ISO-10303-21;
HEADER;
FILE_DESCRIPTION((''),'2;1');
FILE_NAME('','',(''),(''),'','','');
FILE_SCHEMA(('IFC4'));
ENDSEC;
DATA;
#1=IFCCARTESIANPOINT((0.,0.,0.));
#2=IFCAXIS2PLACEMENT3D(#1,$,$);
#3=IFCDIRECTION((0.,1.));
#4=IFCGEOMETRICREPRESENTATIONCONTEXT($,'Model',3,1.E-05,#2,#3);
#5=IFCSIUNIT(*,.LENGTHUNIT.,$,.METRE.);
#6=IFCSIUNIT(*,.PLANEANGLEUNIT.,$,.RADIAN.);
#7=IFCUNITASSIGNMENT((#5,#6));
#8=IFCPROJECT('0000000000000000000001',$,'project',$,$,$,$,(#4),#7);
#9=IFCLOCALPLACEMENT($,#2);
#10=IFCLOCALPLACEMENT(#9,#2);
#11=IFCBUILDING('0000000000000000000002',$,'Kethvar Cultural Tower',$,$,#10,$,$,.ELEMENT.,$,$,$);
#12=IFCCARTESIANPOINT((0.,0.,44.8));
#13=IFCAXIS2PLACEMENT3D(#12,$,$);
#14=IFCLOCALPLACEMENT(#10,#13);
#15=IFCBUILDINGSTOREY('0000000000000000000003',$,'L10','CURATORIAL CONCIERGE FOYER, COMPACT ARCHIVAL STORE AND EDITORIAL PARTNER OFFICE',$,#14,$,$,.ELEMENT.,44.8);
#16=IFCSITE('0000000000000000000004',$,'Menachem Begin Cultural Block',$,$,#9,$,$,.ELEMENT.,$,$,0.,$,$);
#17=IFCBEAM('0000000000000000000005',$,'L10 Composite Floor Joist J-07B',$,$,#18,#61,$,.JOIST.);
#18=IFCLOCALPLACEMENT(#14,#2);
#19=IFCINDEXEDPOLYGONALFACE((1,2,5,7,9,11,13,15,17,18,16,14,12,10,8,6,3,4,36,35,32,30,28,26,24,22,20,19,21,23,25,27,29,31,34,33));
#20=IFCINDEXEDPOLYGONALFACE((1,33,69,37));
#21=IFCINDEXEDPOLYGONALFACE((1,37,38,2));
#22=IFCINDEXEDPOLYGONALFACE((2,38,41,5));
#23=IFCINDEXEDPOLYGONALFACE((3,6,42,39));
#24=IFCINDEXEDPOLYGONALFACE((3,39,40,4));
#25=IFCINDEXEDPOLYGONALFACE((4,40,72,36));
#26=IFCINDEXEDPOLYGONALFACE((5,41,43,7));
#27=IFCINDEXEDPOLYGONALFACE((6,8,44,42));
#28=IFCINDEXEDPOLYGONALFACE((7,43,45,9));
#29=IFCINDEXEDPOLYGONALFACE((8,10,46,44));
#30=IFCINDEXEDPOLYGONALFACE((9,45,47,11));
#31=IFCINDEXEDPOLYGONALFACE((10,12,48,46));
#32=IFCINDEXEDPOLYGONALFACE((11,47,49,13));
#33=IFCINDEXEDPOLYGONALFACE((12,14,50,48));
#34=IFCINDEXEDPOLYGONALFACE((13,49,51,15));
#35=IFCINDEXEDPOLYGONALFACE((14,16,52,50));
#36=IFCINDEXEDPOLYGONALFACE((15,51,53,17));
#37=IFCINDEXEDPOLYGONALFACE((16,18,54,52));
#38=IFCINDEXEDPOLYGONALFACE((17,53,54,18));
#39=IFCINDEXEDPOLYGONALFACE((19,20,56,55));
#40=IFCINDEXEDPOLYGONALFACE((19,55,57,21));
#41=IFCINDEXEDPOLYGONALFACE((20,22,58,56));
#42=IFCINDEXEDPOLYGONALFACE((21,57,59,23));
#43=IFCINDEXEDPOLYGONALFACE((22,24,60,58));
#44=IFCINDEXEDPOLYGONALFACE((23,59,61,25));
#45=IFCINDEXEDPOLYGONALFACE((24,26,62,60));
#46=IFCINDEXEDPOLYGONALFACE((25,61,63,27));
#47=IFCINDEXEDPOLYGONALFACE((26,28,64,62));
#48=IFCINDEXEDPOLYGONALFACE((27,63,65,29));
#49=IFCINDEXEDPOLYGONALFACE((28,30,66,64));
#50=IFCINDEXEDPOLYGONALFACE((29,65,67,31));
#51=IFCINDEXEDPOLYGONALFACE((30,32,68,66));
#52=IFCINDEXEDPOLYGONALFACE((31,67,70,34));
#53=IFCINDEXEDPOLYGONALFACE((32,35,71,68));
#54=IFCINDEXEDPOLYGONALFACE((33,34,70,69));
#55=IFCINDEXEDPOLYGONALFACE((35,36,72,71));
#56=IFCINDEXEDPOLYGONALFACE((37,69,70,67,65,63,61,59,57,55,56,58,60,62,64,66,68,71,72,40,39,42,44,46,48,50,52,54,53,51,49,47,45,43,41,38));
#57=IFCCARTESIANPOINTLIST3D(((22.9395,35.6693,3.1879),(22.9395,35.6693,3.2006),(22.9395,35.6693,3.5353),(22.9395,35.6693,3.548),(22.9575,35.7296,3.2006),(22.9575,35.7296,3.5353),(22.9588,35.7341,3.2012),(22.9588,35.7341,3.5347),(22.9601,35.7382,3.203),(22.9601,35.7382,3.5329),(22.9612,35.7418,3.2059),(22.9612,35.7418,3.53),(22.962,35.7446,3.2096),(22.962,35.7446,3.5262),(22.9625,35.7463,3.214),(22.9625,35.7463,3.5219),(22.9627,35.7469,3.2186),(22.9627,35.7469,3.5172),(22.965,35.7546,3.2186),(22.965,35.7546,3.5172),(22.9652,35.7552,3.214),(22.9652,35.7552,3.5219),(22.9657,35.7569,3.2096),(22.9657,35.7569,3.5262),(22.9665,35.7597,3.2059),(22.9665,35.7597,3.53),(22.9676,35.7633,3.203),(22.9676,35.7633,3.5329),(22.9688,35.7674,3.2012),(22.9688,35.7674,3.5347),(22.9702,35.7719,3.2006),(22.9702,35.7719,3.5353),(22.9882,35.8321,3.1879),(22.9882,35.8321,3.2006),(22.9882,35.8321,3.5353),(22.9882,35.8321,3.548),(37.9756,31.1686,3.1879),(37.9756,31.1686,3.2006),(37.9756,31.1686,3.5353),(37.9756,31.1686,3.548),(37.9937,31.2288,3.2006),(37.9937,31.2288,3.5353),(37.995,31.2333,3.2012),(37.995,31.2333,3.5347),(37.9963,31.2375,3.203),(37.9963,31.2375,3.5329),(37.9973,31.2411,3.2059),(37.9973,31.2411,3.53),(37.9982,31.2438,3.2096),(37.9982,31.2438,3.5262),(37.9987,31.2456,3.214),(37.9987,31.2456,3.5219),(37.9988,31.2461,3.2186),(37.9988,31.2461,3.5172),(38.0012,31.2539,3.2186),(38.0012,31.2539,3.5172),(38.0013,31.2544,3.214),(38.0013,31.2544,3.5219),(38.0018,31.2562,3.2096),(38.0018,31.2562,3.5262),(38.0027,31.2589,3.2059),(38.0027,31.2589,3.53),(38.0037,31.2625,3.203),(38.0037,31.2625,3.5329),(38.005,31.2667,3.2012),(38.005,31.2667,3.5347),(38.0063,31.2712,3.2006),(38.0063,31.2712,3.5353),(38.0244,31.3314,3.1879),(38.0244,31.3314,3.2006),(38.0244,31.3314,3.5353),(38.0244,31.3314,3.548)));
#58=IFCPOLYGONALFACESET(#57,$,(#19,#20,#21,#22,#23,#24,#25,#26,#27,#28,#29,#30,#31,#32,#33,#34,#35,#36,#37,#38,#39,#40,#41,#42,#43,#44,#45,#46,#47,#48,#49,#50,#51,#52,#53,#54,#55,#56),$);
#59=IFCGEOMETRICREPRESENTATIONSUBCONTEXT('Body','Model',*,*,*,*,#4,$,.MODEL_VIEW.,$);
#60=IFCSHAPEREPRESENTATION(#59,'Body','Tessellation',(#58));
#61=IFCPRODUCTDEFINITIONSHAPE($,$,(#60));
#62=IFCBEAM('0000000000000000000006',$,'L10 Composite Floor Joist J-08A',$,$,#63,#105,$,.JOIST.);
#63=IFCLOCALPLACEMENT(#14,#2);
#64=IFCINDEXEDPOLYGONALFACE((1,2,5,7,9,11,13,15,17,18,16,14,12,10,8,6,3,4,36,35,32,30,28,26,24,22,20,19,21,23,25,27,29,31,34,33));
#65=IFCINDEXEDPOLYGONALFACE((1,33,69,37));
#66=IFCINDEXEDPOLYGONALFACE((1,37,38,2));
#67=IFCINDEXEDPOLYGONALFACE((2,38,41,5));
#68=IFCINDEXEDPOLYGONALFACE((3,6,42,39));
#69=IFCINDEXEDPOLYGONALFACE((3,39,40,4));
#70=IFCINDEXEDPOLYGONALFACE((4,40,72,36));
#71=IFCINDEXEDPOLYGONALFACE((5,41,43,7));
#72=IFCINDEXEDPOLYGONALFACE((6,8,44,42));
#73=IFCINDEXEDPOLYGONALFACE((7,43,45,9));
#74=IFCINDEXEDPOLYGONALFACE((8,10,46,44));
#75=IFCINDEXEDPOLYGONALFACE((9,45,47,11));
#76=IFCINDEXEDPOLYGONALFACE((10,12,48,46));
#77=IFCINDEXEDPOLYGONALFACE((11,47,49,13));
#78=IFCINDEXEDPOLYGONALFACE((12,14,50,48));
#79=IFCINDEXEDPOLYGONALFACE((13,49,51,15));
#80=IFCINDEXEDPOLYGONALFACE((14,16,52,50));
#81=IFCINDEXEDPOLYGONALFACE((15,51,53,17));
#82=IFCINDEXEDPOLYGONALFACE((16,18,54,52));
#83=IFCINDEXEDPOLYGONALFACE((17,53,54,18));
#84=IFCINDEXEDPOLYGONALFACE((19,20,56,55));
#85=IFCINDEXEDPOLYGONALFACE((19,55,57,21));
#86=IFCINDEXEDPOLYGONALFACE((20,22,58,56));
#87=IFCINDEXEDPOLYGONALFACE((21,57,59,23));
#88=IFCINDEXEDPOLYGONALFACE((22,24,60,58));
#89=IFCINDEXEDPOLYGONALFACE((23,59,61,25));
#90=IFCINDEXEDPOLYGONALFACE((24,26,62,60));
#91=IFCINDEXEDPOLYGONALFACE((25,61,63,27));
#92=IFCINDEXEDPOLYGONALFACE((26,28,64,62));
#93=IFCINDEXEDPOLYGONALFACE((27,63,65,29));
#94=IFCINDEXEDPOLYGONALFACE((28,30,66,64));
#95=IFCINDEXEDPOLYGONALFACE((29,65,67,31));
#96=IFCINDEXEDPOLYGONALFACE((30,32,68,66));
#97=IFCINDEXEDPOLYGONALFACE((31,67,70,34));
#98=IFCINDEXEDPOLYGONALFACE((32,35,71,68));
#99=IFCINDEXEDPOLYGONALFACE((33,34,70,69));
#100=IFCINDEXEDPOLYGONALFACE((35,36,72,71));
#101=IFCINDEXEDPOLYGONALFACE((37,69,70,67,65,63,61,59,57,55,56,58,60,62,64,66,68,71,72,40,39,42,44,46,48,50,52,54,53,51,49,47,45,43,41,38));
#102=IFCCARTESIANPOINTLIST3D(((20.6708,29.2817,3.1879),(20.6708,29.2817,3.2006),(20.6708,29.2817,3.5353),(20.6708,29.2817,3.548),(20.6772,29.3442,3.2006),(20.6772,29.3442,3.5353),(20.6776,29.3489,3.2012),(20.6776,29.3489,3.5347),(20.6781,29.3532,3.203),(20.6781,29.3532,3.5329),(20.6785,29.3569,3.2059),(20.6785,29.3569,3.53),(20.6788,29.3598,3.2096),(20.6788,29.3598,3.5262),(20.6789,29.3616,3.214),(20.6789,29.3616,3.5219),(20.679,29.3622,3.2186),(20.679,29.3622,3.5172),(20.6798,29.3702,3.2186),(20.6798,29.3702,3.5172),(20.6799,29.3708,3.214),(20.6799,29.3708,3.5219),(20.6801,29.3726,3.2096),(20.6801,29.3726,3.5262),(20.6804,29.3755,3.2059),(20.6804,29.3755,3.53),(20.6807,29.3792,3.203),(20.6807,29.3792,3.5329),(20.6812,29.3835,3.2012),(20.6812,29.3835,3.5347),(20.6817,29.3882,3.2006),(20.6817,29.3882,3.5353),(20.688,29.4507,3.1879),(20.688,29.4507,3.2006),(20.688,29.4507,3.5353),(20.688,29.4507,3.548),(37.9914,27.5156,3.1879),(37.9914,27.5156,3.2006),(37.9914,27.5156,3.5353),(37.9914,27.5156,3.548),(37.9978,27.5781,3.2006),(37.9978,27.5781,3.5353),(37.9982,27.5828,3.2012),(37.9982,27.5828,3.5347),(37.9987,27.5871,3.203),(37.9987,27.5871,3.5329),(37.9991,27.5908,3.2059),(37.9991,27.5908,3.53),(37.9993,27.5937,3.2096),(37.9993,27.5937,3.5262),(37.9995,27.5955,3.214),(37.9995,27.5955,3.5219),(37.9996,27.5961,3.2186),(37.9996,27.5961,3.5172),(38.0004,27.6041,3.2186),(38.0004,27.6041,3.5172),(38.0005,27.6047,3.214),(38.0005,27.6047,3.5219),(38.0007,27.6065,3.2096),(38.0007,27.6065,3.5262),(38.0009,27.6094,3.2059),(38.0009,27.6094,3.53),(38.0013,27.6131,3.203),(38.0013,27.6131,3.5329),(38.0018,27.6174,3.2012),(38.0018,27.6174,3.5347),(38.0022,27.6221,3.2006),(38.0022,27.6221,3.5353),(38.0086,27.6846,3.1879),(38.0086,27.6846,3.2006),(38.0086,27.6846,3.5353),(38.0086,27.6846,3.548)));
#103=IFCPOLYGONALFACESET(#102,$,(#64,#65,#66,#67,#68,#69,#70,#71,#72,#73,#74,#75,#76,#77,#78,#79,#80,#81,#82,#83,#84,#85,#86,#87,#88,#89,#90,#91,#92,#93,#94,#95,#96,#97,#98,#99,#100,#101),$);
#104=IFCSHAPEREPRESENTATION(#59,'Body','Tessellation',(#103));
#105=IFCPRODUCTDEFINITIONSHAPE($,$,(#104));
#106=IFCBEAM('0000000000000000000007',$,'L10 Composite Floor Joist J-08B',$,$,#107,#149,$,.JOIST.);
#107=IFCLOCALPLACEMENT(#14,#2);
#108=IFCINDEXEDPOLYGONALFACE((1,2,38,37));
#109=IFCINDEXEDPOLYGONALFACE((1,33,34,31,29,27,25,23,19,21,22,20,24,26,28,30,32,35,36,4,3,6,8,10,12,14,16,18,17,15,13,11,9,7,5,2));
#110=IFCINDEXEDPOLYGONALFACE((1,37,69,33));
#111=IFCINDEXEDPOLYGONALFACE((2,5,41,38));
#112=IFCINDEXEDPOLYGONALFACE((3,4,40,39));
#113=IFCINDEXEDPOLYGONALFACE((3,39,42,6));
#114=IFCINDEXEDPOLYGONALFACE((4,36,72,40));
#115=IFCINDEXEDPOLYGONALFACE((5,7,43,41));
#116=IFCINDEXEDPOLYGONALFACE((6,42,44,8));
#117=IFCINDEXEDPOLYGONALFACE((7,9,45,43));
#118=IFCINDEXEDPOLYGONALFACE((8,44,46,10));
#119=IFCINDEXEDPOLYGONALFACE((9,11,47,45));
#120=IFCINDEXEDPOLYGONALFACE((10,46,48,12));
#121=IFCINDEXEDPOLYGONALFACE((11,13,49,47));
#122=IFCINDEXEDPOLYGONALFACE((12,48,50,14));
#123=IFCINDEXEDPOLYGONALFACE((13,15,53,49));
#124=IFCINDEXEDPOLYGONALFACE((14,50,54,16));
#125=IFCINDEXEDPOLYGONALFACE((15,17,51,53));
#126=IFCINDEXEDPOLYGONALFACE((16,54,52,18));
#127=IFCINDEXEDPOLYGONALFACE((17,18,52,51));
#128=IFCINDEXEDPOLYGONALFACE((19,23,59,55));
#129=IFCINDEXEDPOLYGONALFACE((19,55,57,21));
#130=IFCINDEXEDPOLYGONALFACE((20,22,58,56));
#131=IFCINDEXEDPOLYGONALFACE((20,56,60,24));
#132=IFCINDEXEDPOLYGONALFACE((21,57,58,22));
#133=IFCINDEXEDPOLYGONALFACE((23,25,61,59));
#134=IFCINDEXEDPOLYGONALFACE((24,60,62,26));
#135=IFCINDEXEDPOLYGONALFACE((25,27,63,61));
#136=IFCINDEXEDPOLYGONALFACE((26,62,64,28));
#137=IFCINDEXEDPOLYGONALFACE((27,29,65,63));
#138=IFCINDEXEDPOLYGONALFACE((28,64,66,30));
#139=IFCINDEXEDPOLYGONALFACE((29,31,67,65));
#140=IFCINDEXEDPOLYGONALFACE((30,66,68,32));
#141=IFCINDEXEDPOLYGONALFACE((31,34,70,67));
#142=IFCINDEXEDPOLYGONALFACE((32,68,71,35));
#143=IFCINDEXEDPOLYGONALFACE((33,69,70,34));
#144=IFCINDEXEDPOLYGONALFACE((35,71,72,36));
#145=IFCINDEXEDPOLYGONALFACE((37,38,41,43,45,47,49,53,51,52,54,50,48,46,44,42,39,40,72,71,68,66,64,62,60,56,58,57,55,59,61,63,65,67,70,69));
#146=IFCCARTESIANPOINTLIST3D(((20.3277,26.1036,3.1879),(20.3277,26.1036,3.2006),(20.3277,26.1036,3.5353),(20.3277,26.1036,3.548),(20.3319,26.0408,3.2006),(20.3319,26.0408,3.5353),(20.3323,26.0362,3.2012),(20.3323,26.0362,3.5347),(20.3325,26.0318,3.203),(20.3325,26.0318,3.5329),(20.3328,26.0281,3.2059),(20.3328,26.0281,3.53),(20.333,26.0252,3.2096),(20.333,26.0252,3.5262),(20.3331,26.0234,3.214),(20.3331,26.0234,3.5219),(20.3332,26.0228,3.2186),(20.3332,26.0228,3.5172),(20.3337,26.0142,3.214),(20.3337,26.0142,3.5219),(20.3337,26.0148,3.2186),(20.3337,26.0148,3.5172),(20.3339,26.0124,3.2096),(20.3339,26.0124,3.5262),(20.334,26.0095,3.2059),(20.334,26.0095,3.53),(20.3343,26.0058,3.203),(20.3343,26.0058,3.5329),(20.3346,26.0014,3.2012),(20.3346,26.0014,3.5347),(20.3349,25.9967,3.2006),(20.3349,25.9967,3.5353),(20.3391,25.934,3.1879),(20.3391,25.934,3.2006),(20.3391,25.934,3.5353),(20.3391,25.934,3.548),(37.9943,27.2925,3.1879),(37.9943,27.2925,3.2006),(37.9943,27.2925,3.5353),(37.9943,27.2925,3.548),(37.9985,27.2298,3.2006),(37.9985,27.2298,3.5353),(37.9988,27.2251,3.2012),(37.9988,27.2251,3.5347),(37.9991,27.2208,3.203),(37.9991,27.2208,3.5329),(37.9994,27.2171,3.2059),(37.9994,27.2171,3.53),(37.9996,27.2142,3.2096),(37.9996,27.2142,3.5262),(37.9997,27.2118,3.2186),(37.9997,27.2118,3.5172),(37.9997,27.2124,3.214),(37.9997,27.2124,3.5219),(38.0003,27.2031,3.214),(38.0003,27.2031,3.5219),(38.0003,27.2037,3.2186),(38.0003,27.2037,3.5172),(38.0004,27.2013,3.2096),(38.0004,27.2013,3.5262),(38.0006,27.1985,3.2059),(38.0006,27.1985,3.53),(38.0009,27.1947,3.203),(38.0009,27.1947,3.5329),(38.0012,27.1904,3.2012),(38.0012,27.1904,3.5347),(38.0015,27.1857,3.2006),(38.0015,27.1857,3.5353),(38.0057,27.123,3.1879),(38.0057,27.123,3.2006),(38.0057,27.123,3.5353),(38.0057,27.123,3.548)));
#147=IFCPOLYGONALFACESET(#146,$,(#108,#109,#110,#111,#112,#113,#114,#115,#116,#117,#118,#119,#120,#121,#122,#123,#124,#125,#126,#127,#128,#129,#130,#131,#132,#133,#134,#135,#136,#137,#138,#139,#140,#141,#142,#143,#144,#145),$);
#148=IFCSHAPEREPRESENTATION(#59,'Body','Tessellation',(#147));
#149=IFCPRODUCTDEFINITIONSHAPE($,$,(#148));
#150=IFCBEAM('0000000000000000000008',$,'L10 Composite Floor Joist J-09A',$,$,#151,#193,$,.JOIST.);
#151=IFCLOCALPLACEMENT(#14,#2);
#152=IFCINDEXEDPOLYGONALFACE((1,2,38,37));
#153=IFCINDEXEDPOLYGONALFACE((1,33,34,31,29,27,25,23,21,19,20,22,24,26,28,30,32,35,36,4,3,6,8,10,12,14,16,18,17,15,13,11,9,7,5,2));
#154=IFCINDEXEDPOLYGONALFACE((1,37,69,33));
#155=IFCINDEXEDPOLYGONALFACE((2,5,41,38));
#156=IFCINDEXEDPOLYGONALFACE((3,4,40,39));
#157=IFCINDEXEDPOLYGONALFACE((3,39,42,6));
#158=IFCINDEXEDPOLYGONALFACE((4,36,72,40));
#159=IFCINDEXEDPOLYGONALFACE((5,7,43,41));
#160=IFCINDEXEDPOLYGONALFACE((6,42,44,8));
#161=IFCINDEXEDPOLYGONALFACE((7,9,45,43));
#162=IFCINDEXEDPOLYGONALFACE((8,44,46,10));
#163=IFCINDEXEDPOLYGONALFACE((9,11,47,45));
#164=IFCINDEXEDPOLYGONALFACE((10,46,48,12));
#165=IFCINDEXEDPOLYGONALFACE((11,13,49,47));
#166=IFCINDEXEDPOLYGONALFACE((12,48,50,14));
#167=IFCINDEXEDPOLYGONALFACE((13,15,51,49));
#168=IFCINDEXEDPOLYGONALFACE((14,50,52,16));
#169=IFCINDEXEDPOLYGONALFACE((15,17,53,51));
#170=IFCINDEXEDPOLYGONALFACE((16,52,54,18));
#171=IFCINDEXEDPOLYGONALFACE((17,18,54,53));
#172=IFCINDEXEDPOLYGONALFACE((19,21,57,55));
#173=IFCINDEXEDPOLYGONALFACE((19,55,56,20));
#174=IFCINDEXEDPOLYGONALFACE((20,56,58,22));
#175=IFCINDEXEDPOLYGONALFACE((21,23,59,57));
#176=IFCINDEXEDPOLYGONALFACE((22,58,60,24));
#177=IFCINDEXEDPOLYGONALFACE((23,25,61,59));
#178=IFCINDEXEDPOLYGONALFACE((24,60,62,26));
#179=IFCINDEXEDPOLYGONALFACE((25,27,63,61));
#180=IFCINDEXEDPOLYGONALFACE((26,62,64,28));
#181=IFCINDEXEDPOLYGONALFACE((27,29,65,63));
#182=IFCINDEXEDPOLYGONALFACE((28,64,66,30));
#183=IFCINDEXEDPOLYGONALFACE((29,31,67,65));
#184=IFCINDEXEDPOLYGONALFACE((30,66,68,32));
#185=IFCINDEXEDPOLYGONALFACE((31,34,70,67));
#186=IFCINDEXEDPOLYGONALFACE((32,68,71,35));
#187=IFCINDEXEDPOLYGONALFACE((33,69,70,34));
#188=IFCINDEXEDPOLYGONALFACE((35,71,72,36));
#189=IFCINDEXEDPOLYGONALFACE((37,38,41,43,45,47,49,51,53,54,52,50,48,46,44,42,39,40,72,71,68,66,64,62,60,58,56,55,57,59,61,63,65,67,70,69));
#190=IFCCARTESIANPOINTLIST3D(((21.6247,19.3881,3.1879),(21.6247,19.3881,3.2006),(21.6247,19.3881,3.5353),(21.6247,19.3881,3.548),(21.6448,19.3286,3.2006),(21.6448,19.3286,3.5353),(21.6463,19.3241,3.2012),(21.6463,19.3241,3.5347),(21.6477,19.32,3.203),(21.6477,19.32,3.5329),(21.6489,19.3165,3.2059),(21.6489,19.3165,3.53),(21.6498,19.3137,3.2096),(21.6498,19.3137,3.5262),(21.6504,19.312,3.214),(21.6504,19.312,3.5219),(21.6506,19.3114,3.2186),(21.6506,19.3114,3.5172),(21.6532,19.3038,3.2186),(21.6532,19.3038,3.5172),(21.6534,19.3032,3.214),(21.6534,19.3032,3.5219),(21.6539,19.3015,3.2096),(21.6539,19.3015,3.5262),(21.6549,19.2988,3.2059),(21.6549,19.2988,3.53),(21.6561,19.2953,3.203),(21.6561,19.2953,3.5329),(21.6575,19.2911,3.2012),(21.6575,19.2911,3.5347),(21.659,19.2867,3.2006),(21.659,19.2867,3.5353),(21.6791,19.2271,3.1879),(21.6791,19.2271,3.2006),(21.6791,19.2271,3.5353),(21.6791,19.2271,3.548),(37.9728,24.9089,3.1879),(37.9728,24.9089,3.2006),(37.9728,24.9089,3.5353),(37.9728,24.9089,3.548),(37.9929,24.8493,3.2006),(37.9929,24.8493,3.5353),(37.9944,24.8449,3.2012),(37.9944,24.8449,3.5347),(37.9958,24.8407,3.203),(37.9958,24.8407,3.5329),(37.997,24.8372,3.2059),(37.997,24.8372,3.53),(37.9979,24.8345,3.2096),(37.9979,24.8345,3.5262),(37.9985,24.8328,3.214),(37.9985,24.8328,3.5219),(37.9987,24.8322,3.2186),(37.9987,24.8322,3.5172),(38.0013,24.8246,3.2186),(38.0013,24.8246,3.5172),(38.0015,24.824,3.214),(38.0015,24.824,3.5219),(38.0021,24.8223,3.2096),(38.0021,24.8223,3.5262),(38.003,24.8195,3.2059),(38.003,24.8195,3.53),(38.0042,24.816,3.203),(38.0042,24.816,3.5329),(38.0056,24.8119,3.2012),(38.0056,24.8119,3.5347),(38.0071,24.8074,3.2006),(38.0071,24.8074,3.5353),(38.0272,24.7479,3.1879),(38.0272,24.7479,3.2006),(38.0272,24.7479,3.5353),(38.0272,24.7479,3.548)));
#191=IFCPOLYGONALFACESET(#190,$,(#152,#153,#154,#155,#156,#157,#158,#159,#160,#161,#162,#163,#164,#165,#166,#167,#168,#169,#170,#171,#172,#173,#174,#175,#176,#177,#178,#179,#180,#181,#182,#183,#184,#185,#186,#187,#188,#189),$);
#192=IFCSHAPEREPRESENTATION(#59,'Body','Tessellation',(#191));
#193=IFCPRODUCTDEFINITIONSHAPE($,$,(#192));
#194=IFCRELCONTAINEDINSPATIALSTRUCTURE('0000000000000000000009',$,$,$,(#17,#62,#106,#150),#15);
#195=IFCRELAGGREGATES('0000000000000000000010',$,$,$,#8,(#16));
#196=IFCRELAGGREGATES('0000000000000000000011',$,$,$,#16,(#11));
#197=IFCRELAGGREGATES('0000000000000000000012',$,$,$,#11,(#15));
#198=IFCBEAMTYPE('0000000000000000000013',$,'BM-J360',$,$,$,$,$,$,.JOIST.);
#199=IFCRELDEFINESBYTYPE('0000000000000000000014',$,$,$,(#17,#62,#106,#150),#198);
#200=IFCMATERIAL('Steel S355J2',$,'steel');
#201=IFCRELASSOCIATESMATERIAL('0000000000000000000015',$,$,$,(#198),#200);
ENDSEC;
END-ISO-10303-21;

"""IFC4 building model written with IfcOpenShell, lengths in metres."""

from ifc_helpers import new_model, si_unit, direction, frame, origin, origin_2d, place, context, subcontext, project, spatial, i_section, extrude, source, transform, mapped, material, material_profile, profile_set, type_object, element, save


model = new_model("IFC4")

# Units and contexts
model_context = context("Model", 3, precision=1e-05, world=origin(), true_north=direction((0.0, 1.0)))
body_context = subcontext(model_context, "Body", "Model", "MODEL_VIEW")
ifc_project = project(units=[si_unit("LENGTHUNIT", "METRE"), si_unit("PLANEANGLEUNIT", "RADIAN")], contexts=[model_context])

# Site, building, storey
site_placement = place(None, origin())
site = spatial("IfcSite", under=ifc_project, at=site_placement, Name="Menachem Begin Cultural Block", CompositionType="ELEMENT", RefElevation=0.0)
building_placement = place(site_placement, origin())
building = spatial("IfcBuilding", under=site, at=building_placement, Name="Kethvar Cultural Tower", CompositionType="ELEMENT")
storey_placement = place(building_placement, frame((0.0, 0.0, 44.8)))
storey = spatial("IfcBuildingStorey", under=building, at=storey_placement, Name="L10", Description="CURATORIAL CONCIERGE FOYER, COMPACT ARCHIVAL STORE AND EDITORIAL PARTNER OFFICE", CompositionType="ELEMENT", Elevation=44.8)

# Beams
ifc_material_1 = material(Name="Steel S355J2", Category="steel")
ifc_material_profile_1 = material_profile(ifc_material_1, i_section(OverallWidth=0.1699, OverallDepth=0.3601, WebThickness=0.0081, FlangeThickness=0.0127, FilletRadius=0.0181, at=origin_2d()), Name="Steel S355J2 — IPE360")
ifc_profile_set_1 = profile_set([ifc_material_profile_1], Name="Steel S355J2 — IPE360")
beam_type_1 = type_object("IfcBeamType", Name="BM-J360", PredefinedType="JOIST", material=ifc_profile_set_1)
shared_shape_1 = source(origin(), body_context, "Body", "SweptSolid", [
    extrude(i_section(OverallWidth=0.1699, OverallDepth=0.3601, WebThickness=0.0081, FlangeThickness=0.0127, FilletRadius=0.0181, at=origin_2d()), origin(), (0.0, 0.0, 1.0), 15.6953),
])
beam_1_placement = place(storey_placement, frame((38.0, 31.25, 3.3679), z_axis=(-0.958003, 0.286757, 0.0), x_axis=(-0.286757, -0.958003, 0.0)))
element("IfcBeam", 1, at=beam_1_placement, inside=storey, type_object=beam_type_1, Name="L10 Composite Floor Joist J-07B", PredefinedType="JOIST", context=body_context, shape_type="MappedRepresentation", body=[
    mapped(shared_shape_1, transform((0.0, 0.0, 0.0), scale=1.0)),
])
shared_shape_2 = source(origin(), body_context, "Body", "SweptSolid", [
    extrude(i_section(OverallWidth=0.1699, OverallDepth=0.3601, WebThickness=0.0081, FlangeThickness=0.0127, FilletRadius=0.0181, at=origin_2d()), origin(), (0.0, 0.0, 1.0), 17.4104),
])
beam_2_placement = place(storey_placement, frame((38.0, 27.6001, 3.3679), z_axis=(-0.994842, 0.10144, 0.0), x_axis=(-0.10144, -0.994842, 0.0)))
element("IfcBeam", 2, at=beam_2_placement, inside=storey, type_object=beam_type_1, Name="L10 Composite Floor Joist J-08A", PredefinedType="JOIST", context=body_context, shape_type="MappedRepresentation", body=[
    mapped(shared_shape_2, transform((0.0, 0.0, 0.0), scale=1.0)),
])
shared_shape_3 = source(origin(), body_context, "Body", "SweptSolid", [
    extrude(i_section(OverallWidth=0.1699, OverallDepth=0.3601, WebThickness=0.0081, FlangeThickness=0.0127, FilletRadius=0.0181, at=origin_2d()), origin(), (0.0, 0.0, 1.0), 17.7065),
])
beam_3_placement = place(storey_placement, frame((38.0, 27.2078, 3.3679), z_axis=(-0.997743, -0.067149, 0.0), x_axis=(0.067149, -0.997743, 0.0)))
element("IfcBeam", 3, at=beam_3_placement, inside=storey, type_object=beam_type_1, Name="L10 Composite Floor Joist J-08B", PredefinedType="JOIST", context=body_context, shape_type="MappedRepresentation", body=[
    mapped(shared_shape_3, transform((0.0, 0.0, 0.0), scale=1.0)),
])
shared_shape_4 = source(origin(), body_context, "Body", "SweptSolid", [
    extrude(i_section(OverallWidth=0.1699, OverallDepth=0.3601, WebThickness=0.0081, FlangeThickness=0.0127, FilletRadius=0.0181, at=origin_2d()), origin(), (0.0, 0.0, 1.0), 17.2551),
])
beam_4_placement = place(storey_placement, frame((38.0, 24.8284, 3.3679), z_axis=(-0.947435, -0.319948, 0.0), x_axis=(0.319948, -0.947435, 0.0)))
element("IfcBeam", 4, at=beam_4_placement, inside=storey, type_object=beam_type_1, Name="L10 Composite Floor Joist J-09A", PredefinedType="JOIST", context=body_context, shape_type="MappedRepresentation", body=[
    mapped(shared_shape_4, transform((0.0, 0.0, 0.0), scale=1.0)),
])

save(model, "model.ifc")
